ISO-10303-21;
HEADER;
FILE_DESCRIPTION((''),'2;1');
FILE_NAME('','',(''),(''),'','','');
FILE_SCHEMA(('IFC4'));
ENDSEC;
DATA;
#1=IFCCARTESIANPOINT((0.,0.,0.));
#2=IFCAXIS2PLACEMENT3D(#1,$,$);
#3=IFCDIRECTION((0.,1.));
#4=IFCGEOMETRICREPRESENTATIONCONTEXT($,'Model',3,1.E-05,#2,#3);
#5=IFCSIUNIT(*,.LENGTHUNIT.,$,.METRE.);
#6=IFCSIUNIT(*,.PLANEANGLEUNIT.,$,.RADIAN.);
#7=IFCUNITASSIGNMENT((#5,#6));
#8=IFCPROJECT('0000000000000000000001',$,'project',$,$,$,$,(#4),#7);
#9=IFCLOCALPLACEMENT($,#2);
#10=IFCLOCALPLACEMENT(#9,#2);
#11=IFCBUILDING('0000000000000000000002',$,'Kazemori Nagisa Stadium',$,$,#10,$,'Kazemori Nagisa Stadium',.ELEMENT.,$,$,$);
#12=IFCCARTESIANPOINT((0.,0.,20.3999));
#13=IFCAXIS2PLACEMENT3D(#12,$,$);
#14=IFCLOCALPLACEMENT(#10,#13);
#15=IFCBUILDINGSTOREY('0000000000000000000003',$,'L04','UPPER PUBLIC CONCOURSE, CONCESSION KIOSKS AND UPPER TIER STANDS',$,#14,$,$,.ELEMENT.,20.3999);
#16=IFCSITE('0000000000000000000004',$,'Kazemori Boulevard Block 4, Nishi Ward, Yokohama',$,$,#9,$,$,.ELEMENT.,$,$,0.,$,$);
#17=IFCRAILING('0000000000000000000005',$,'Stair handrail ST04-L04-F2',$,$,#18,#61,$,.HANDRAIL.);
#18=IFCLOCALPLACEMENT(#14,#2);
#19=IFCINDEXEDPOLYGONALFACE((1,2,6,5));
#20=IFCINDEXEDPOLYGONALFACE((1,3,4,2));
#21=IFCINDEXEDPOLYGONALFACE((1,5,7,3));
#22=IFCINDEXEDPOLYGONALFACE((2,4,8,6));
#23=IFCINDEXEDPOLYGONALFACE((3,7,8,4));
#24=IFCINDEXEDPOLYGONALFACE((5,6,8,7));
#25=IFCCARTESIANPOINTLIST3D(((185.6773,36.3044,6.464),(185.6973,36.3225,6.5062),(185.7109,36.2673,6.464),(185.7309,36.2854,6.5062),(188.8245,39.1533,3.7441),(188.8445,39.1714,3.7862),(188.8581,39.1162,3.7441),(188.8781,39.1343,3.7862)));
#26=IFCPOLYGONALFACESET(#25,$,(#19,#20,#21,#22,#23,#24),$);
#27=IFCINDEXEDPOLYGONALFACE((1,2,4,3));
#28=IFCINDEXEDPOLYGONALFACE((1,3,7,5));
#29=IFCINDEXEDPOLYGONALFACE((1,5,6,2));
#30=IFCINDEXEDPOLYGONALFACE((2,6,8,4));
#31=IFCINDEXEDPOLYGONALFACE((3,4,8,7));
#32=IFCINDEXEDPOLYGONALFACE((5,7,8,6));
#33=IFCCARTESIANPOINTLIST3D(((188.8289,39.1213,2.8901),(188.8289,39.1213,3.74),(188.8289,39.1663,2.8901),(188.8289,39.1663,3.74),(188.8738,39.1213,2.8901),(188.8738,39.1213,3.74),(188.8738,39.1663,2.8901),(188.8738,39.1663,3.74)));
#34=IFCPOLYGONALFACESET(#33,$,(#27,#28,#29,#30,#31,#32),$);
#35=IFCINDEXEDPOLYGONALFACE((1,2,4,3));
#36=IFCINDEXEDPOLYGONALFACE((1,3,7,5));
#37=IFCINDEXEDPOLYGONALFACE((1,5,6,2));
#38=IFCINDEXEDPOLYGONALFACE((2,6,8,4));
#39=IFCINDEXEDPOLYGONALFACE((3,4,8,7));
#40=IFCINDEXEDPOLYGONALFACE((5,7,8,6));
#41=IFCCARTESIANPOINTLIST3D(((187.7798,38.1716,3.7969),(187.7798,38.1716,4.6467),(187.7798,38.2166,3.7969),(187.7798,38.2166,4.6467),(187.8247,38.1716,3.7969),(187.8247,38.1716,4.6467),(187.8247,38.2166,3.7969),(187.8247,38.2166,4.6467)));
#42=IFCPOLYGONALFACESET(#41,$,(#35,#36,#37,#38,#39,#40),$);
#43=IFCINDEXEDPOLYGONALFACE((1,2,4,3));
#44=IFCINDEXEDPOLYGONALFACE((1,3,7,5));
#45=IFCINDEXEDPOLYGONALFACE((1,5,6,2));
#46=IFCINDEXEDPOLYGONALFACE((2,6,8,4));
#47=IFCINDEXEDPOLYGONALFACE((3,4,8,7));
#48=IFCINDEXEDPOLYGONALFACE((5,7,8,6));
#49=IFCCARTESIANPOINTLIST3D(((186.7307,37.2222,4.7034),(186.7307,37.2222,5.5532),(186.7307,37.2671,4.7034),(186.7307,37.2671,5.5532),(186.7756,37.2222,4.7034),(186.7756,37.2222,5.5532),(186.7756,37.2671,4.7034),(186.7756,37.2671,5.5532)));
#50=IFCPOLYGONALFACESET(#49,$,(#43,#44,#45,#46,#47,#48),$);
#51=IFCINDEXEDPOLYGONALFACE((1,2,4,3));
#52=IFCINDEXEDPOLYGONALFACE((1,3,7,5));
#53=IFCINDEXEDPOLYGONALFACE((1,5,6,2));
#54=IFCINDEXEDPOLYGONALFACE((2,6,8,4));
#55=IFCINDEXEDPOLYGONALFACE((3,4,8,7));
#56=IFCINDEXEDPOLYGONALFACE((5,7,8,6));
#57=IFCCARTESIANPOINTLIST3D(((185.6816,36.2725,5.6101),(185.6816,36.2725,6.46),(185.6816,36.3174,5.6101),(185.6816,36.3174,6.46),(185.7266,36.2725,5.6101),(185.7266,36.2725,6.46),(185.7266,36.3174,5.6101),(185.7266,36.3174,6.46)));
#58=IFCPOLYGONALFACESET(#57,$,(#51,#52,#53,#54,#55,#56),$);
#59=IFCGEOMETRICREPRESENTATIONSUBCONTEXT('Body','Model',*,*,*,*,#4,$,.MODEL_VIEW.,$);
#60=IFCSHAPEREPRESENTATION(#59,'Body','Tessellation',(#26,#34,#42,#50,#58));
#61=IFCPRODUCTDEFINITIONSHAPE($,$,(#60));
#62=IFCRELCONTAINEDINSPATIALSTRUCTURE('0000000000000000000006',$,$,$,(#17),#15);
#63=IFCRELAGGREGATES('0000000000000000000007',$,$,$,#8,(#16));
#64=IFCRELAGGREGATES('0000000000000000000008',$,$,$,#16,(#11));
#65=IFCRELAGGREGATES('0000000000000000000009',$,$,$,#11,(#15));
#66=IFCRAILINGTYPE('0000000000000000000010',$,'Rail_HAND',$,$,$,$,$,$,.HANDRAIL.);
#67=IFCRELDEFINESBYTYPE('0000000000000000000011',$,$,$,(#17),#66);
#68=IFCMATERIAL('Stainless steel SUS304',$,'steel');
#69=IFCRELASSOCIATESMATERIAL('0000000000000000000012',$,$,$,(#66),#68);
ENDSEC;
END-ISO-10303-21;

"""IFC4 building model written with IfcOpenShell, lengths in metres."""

from ifc_helpers import new_model, si_unit, direction, frame, origin, origin_2d, place, context, subcontext, project, spatial, rectangle, extrude, material, type_object, element, save


model = new_model("IFC4")

# Units and contexts
model_context = context("Model", 3, precision=1e-05, world=origin(), true_north=direction((0.0, 1.0)))
body_context = subcontext(model_context, "Body", "Model", "MODEL_VIEW")
ifc_project = project(units=[si_unit("LENGTHUNIT", "METRE"), si_unit("PLANEANGLEUNIT", "RADIAN")], contexts=[model_context])

# Site, building, storey
site_placement = place(None, origin())
site = spatial("IfcSite", under=ifc_project, at=site_placement, Name="Kazemori Boulevard Block 4, Nishi Ward, Yokohama", CompositionType="ELEMENT", RefElevation=0.0)
building_placement = place(site_placement, origin())
building = spatial("IfcBuilding", under=site, at=building_placement, Name="Kazemori Nagisa Stadium", LongName="Kazemori Nagisa Stadium", CompositionType="ELEMENT")
storey_placement = place(building_placement, frame((0.0, 0.0, 20.3999)))
storey = spatial("IfcBuildingStorey", under=building, at=storey_placement, Name="L04", Description="UPPER PUBLIC CONCOURSE, CONCESSION KIOSKS AND UPPER TIER STANDS", CompositionType="ELEMENT", Elevation=20.3999)

# Railing
ifc_material_1 = material(Name="Stainless steel SUS304", Category="steel")
railing_type_1 = type_object("IfcRailingType", Name="Rail_HAND", PredefinedType="HANDRAIL", material=ifc_material_1)
railing_1_placement = place(storey_placement, frame((188.8513, 39.1438, 2.8901)))
element("IfcRailing", 1, at=railing_1_placement, inside=storey, type_object=railing_type_1, Name="Stair handrail ST04-L04-F2", PredefinedType="HANDRAIL", context=body_context, shape_type="SweptSolid", body=[
    extrude(rectangle(XDim=0.05, YDim=0.05, at=origin_2d()), frame((0.0, 0.0, 0.875), z_axis=(-0.62423, -0.565056, 0.539489), x_axis=(0.671094, -0.741372, 0.0)), (0.0, 0.0, 1.0), 5.0417),
    extrude(rectangle(XDim=0.0449, YDim=0.0449, at=origin_2d()), origin(), (0.0, 0.0, 1.0), 0.8499),
    extrude(rectangle(XDim=0.0449, YDim=0.0449, at=origin_2d()), frame((-1.0491, -0.9497, 0.9067)), (0.0, 0.0, 1.0), 0.8499),
    extrude(rectangle(XDim=0.0449, YDim=0.0449, at=origin_2d()), frame((-2.0981, -1.8992, 1.8132)), (0.0, 0.0, 1.0), 0.8499),
    extrude(rectangle(XDim=0.0449, YDim=0.0449, at=origin_2d()), frame((-3.1472, -2.8489, 2.72)), (0.0, 0.0, 1.0), 0.8499),
])

save(model, "model.ifc")
